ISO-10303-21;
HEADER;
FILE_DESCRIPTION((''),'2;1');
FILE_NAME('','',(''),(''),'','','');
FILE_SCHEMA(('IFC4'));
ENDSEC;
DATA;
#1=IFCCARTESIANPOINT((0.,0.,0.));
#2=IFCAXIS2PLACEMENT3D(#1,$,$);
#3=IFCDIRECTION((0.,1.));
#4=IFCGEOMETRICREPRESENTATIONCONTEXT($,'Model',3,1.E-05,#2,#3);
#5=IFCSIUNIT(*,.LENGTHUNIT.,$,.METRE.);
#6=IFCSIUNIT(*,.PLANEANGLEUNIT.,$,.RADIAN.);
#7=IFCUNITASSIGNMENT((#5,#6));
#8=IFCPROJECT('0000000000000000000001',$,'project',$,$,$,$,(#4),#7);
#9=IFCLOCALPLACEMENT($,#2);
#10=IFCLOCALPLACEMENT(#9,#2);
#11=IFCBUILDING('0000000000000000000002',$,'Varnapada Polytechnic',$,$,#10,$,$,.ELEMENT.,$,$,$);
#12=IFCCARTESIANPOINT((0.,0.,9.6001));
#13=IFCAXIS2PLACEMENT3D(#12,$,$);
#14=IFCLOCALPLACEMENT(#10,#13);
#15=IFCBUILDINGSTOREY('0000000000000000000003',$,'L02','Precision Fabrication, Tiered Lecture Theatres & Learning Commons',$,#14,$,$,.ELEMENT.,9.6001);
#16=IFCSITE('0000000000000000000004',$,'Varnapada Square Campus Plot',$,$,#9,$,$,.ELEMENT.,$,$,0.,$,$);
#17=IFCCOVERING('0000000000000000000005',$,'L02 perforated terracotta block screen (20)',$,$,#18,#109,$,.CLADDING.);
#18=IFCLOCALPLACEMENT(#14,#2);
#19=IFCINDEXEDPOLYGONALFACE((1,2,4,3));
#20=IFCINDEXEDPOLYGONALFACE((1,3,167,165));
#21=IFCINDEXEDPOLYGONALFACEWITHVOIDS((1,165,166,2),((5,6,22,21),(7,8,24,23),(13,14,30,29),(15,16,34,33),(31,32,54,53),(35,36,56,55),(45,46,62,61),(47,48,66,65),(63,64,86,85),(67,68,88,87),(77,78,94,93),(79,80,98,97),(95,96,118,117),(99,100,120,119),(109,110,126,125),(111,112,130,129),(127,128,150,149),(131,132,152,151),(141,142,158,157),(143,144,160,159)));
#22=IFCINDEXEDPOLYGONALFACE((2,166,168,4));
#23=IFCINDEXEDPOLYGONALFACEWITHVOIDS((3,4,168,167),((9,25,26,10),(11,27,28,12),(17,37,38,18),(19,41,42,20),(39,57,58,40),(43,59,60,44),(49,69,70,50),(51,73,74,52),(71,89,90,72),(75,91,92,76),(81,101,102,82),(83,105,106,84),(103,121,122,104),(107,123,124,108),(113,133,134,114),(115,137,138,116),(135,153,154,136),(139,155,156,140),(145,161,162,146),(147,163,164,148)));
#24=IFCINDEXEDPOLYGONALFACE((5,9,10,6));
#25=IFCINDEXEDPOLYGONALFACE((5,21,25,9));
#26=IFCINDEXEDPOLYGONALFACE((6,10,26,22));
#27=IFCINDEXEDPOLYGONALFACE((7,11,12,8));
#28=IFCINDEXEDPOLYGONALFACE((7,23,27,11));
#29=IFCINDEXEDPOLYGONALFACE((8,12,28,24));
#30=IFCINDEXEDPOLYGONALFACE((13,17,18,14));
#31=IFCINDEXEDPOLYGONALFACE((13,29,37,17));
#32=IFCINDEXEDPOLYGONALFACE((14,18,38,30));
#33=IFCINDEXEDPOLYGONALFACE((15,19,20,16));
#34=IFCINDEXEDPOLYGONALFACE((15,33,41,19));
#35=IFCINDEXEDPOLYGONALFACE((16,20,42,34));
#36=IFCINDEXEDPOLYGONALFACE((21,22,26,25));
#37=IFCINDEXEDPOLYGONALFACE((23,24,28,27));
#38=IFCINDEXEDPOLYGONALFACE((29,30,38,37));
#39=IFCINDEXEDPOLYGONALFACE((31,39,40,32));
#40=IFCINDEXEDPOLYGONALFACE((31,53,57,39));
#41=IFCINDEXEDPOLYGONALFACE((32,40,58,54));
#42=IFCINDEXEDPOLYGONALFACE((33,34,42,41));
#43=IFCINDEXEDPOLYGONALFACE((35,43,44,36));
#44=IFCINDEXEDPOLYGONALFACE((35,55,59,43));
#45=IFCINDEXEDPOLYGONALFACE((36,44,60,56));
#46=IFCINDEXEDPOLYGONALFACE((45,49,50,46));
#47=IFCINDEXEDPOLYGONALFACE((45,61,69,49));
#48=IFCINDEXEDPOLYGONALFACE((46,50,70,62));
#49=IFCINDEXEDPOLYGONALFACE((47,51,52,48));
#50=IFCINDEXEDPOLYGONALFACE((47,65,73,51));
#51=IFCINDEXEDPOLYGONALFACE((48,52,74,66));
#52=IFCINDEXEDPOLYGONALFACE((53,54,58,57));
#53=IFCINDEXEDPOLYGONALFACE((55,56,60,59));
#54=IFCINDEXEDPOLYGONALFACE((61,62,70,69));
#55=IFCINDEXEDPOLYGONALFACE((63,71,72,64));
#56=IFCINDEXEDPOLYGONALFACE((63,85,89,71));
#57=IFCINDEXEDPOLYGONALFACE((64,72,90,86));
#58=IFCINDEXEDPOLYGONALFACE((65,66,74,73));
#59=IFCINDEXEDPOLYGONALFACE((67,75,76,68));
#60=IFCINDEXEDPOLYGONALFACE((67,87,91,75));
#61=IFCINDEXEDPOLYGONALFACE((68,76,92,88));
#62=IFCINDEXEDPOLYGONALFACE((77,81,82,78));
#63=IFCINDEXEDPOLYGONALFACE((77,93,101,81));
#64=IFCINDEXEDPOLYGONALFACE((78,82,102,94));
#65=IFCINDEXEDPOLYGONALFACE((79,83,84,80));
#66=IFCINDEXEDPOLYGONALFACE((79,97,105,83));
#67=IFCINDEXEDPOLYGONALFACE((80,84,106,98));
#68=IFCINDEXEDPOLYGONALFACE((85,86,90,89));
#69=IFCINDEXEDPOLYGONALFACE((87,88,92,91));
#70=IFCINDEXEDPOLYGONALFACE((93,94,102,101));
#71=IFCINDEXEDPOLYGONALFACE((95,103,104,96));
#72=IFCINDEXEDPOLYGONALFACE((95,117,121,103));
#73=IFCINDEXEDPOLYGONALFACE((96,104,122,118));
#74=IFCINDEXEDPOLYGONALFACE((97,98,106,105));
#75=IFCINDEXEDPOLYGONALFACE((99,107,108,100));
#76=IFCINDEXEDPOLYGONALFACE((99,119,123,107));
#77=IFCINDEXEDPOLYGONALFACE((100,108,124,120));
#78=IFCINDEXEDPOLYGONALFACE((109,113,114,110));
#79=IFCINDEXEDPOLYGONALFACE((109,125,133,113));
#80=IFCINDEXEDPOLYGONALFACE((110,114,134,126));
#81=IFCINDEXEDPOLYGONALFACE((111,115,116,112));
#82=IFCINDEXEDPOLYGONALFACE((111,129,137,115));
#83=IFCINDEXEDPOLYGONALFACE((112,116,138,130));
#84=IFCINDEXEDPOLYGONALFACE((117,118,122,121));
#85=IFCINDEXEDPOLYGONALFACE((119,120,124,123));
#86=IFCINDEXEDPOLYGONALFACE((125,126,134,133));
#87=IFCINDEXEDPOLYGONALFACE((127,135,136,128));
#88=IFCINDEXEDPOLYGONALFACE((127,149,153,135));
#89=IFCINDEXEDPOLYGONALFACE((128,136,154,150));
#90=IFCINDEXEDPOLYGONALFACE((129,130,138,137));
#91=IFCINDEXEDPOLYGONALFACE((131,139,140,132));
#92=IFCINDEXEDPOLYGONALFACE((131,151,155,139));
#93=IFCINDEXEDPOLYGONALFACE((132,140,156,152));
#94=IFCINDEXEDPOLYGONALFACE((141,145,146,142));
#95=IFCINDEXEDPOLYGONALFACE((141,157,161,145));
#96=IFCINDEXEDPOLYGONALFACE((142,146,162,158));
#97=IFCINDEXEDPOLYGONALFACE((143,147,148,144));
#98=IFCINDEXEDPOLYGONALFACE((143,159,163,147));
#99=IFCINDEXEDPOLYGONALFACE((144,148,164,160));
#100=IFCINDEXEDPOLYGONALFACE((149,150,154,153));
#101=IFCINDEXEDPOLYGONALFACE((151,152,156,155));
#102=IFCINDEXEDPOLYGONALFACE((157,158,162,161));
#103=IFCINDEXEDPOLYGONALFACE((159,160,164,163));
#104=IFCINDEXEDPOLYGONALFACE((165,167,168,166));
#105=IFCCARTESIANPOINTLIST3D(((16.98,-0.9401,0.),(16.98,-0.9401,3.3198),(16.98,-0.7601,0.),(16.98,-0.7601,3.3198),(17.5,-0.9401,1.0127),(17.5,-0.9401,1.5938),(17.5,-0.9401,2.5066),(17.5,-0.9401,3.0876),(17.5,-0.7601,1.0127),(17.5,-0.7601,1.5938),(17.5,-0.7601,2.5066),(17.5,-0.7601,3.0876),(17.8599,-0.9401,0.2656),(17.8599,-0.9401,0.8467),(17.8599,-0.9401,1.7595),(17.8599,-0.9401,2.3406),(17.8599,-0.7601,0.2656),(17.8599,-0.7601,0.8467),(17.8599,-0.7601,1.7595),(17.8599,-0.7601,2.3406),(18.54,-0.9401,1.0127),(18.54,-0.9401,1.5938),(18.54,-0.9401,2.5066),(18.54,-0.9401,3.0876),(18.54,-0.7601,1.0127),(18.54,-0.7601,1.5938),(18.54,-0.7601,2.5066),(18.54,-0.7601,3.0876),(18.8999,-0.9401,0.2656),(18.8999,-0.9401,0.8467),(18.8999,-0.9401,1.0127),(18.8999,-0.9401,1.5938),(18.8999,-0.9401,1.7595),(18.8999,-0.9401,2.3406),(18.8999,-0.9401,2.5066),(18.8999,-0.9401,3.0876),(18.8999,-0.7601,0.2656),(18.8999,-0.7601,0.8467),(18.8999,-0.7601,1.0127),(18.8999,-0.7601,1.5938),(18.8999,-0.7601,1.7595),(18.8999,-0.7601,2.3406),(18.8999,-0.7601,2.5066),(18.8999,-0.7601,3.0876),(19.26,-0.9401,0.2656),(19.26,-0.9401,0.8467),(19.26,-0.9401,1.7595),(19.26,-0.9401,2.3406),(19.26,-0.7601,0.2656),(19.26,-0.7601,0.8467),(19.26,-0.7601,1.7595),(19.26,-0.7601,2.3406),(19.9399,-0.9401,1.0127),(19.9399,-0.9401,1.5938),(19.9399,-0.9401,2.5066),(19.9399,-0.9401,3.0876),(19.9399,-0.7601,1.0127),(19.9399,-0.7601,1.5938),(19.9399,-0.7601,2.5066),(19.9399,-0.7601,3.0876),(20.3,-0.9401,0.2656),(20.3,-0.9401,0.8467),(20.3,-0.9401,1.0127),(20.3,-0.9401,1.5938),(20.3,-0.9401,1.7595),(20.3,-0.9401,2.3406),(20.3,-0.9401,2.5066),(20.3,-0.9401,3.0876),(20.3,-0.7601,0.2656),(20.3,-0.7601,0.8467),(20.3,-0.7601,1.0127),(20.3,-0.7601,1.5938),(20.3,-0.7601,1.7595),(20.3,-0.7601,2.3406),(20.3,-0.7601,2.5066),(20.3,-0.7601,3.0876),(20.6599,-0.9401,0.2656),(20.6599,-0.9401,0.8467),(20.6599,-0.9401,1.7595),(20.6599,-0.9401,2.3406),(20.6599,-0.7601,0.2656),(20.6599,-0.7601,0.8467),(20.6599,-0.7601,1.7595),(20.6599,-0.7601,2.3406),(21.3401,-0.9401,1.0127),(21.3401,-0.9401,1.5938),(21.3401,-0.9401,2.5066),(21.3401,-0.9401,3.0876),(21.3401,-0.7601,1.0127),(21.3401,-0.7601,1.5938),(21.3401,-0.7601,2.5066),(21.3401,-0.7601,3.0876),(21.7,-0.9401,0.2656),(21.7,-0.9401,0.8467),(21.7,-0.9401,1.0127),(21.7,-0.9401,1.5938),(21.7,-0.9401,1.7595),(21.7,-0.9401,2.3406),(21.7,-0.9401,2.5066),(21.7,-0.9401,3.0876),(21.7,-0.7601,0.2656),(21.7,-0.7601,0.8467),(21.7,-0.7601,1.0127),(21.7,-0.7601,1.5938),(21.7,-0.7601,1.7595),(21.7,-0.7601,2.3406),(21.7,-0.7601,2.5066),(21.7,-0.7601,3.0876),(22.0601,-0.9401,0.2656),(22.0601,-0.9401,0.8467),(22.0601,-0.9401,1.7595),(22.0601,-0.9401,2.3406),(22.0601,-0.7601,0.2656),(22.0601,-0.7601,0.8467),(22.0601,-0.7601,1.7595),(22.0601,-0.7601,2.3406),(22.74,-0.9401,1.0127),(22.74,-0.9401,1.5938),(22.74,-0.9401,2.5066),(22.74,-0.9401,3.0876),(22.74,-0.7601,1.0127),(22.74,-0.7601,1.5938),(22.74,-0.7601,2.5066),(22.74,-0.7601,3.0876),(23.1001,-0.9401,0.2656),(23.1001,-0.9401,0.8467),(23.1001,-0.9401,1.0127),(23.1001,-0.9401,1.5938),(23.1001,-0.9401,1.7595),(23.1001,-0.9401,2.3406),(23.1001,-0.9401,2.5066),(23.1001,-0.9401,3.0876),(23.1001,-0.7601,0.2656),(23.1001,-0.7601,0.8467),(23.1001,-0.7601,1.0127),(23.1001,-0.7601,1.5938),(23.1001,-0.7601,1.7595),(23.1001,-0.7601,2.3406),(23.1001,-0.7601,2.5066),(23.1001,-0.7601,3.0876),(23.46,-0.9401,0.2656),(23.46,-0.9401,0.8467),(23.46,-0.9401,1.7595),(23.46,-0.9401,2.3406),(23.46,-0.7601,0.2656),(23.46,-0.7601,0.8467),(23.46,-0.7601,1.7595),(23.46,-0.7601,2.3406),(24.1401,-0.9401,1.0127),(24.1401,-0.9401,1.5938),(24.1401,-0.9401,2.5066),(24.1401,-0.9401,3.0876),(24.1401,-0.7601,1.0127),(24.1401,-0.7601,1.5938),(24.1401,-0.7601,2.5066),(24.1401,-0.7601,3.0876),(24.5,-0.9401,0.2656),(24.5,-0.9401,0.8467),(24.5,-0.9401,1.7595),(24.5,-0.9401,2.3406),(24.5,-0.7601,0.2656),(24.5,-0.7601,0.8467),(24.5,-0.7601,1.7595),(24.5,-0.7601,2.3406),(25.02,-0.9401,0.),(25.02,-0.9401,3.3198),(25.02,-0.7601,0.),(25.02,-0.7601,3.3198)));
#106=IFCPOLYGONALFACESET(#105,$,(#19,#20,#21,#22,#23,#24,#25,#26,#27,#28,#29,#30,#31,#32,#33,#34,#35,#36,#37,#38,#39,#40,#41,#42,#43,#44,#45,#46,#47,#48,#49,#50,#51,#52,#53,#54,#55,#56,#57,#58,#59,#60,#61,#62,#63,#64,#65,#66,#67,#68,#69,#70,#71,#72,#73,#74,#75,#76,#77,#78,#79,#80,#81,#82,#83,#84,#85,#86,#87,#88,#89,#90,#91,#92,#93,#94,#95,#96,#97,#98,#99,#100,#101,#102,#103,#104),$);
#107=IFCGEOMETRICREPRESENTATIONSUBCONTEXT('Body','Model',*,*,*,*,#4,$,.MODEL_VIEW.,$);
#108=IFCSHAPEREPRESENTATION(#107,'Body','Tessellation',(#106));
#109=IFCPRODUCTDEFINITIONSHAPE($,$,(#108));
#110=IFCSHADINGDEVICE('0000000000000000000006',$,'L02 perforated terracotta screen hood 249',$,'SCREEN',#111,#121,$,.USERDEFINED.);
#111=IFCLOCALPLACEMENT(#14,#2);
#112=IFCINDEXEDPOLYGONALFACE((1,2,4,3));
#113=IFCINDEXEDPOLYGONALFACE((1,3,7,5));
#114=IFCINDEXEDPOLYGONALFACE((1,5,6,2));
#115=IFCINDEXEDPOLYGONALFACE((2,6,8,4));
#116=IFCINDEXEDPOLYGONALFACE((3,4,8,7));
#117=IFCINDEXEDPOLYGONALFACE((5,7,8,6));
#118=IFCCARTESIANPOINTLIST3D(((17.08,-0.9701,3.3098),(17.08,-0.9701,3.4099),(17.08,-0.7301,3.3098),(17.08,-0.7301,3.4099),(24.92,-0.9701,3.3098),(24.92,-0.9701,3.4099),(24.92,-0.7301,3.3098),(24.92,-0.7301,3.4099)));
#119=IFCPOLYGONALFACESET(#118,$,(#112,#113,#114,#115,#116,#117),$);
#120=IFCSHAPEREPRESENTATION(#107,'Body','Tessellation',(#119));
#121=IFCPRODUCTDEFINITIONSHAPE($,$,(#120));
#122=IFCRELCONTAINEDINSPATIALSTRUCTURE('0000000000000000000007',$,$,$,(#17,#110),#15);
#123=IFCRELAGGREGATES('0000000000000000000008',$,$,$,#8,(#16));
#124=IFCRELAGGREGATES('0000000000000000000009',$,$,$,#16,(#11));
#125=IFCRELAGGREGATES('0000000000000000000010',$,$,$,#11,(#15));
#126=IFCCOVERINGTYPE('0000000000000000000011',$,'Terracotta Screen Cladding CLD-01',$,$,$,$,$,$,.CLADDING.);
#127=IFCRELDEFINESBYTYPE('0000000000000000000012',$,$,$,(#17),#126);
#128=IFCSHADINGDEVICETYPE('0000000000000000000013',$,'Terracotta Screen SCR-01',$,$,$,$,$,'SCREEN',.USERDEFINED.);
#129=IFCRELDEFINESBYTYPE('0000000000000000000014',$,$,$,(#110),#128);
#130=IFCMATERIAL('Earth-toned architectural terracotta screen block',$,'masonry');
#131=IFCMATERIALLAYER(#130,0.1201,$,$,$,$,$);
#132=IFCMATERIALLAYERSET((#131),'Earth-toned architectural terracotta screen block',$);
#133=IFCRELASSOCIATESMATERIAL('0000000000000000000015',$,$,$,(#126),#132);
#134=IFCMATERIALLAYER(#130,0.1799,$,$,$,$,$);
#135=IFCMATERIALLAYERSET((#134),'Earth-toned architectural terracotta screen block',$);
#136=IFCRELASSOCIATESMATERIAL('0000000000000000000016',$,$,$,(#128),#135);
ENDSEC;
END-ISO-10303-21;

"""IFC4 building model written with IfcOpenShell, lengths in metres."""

from ifc_helpers import new_model, si_unit, direction, frame, frame_2d, origin, origin_2d, place, context, subcontext, project, spatial, rectangle, extrude, material, layer, layer_set, type_object, element, save


model = new_model("IFC4")

# Units and contexts
model_context = context("Model", 3, precision=1e-05, world=origin(), true_north=direction((0.0, 1.0)))
body_context = subcontext(model_context, "Body", "Model", "MODEL_VIEW")
ifc_project = project(units=[si_unit("LENGTHUNIT", "METRE"), si_unit("PLANEANGLEUNIT", "RADIAN")], contexts=[model_context])

# Site, building, storey
site_placement = place(None, origin())
site = spatial("IfcSite", under=ifc_project, at=site_placement, Name="Varnapada Square Campus Plot", CompositionType="ELEMENT", RefElevation=0.0)
building_placement = place(site_placement, origin())
building = spatial("IfcBuilding", under=site, at=building_placement, Name="Varnapada Polytechnic", CompositionType="ELEMENT")
storey_placement = place(building_placement, frame((0.0, 0.0, 9.6001)))
storey = spatial("IfcBuildingStorey", under=building, at=storey_placement, Name="L02", Description="Precision Fabrication, Tiered Lecture Theatres & Learning Commons", CompositionType="ELEMENT", Elevation=9.6001)

# Covering, openings
ifc_material_1 = material(Name="Earth-toned architectural terracotta screen block", Category="masonry")
ifc_layer_1 = layer(ifc_material_1, 0.1201)
ifc_layer_set_1 = layer_set([ifc_layer_1], Name="Earth-toned architectural terracotta screen block")
covering_type = type_object("IfcCoveringType", Name="Terracotta Screen Cladding CLD-01", PredefinedType="CLADDING", material=ifc_layer_set_1)
covering_placement = place(storey_placement, frame((25.02, -0.8501, 0.0), z_axis=(0.0, 0.0, 1.0), x_axis=(-1.0, 0.0, 0.0)))
covering = element("IfcCovering", 1, at=covering_placement, inside=storey, type_object=covering_type, Name="L02 perforated terracotta block screen (20)", PredefinedType="CLADDING", context=body_context, shape_type="SweptSolid", body=[
    extrude(rectangle(XDim=8.04, YDim=0.1799, at=frame_2d((4.02, 0.0))), origin(), (0.0, 0.0, 1.0), 3.3198),
])
opening_1_placement = place(covering_placement, frame((0.52, 0.0, 0.2656)))
element("IfcOpeningElement", 2, at=opening_1_placement, cuts=covering, PredefinedType="OPENING", context=body_context, shape_type="SweptSolid", body=[
    extrude(rectangle(XDim=1.04, YDim=0.5811, at=frame_2d((0.52, 0.2905))), frame((0.0, 0.0999, 0.0), z_axis=(0.0, -1.0, 0.0), x_axis=(1.0, 0.0, 0.0)), (0.0, 0.0, 1.0), 0.2),
])
opening_2_placement = place(covering_placement, frame((1.9199, 0.0, 0.2656)))
element("IfcOpeningElement", 3, at=opening_2_placement, cuts=covering, PredefinedType="OPENING", context=body_context, shape_type="SweptSolid", body=[
    extrude(rectangle(XDim=1.04, YDim=0.5811, at=frame_2d((0.52, 0.2905))), frame((0.0, 0.0999, 0.0), z_axis=(0.0, -1.0, 0.0), x_axis=(1.0, 0.0, 0.0)), (0.0, 0.0, 1.0), 0.2),
])
opening_3_placement = place(covering_placement, frame((3.3201, 0.0, 0.2656)))
element("IfcOpeningElement", 4, at=opening_3_placement, cuts=covering, PredefinedType="OPENING", context=body_context, shape_type="SweptSolid", body=[
    extrude(rectangle(XDim=1.04, YDim=0.5811, at=frame_2d((0.52, 0.2905))), frame((0.0, 0.0999, 0.0), z_axis=(0.0, -1.0, 0.0), x_axis=(1.0, 0.0, 0.0)), (0.0, 0.0, 1.0), 0.2),
])
opening_4_placement = place(covering_placement, frame((4.72, 0.0, 0.2656)))
element("IfcOpeningElement", 5, at=opening_4_placement, cuts=covering, PredefinedType="OPENING", context=body_context, shape_type="SweptSolid", body=[
    extrude(rectangle(XDim=1.04, YDim=0.5811, at=frame_2d((0.52, 0.2905))), frame((0.0, 0.0999, 0.0), z_axis=(0.0, -1.0, 0.0), x_axis=(1.0, 0.0, 0.0)), (0.0, 0.0, 1.0), 0.2),
])
opening_5_placement = place(covering_placement, frame((6.1201, 0.0, 0.2656)))
element("IfcOpeningElement", 6, at=opening_5_placement, cuts=covering, PredefinedType="OPENING", context=body_context, shape_type="SweptSolid", body=[
    extrude(rectangle(XDim=1.04, YDim=0.5811, at=frame_2d((0.52, 0.2905))), frame((0.0, 0.0999, 0.0), z_axis=(0.0, -1.0, 0.0), x_axis=(1.0, 0.0, 0.0)), (0.0, 0.0, 1.0), 0.2),
])
opening_6_placement = place(covering_placement, frame((0.8799, 0.0, 1.0127)))
element("IfcOpeningElement", 7, at=opening_6_placement, cuts=covering, PredefinedType="OPENING", context=body_context, shape_type="SweptSolid", body=[
    extrude(rectangle(XDim=1.04, YDim=0.5811, at=frame_2d((0.52, 0.2905))), frame((0.0, 0.0999, 0.0), z_axis=(0.0, -1.0, 0.0), x_axis=(1.0, 0.0, 0.0)), (0.0, 0.0, 1.0), 0.2),
])
opening_7_placement = place(covering_placement, frame((2.28, 0.0, 1.0127)))
element("IfcOpeningElement", 8, at=opening_7_placement, cuts=covering, PredefinedType="OPENING", context=body_context, shape_type="SweptSolid", body=[
    extrude(rectangle(XDim=1.04, YDim=0.5811, at=frame_2d((0.52, 0.2905))), frame((0.0, 0.0999, 0.0), z_axis=(0.0, -1.0, 0.0), x_axis=(1.0, 0.0, 0.0)), (0.0, 0.0, 1.0), 0.2),
])
opening_8_placement = place(covering_placement, frame((3.6799, 0.0, 1.0127)))
element("IfcOpeningElement", 9, at=opening_8_placement, cuts=covering, PredefinedType="OPENING", context=body_context, shape_type="SweptSolid", body=[
    extrude(rectangle(XDim=1.04, YDim=0.5811, at=frame_2d((0.52, 0.2905))), frame((0.0, 0.0999, 0.0), z_axis=(0.0, -1.0, 0.0), x_axis=(1.0, 0.0, 0.0)), (0.0, 0.0, 1.0), 0.2),
])
opening_9_placement = place(covering_placement, frame((5.0801, 0.0, 1.0127)))
element("IfcOpeningElement", 10, at=opening_9_placement, cuts=covering, PredefinedType="OPENING", context=body_context, shape_type="SweptSolid", body=[
    extrude(rectangle(XDim=1.04, YDim=0.5811, at=frame_2d((0.52, 0.2905))), frame((0.0, 0.0999, 0.0), z_axis=(0.0, -1.0, 0.0), x_axis=(1.0, 0.0, 0.0)), (0.0, 0.0, 1.0), 0.2),
])
opening_10_placement = place(covering_placement, frame((6.48, 0.0, 1.0127)))
element("IfcOpeningElement", 11, at=opening_10_placement, cuts=covering, PredefinedType="OPENING", context=body_context, shape_type="SweptSolid", body=[
    extrude(rectangle(XDim=1.04, YDim=0.5811, at=frame_2d((0.52, 0.2905))), frame((0.0, 0.0999, 0.0), z_axis=(0.0, -1.0, 0.0), x_axis=(1.0, 0.0, 0.0)), (0.0, 0.0, 1.0), 0.2),
])
opening_11_placement = place(covering_placement, frame((0.52, 0.0, 1.7595)))
element("IfcOpeningElement", 12, at=opening_11_placement, cuts=covering, PredefinedType="OPENING", context=body_context, shape_type="SweptSolid", body=[
    extrude(rectangle(XDim=1.04, YDim=0.5811, at=frame_2d((0.52, 0.2905))), frame((0.0, 0.0999, 0.0), z_axis=(0.0, -1.0, 0.0), x_axis=(1.0, 0.0, 0.0)), (0.0, 0.0, 1.0), 0.2),
])
opening_12_placement = place(covering_placement, frame((1.9199, 0.0, 1.7595)))
element("IfcOpeningElement", 13, at=opening_12_placement, cuts=covering, PredefinedType="OPENING", context=body_context, shape_type="SweptSolid", body=[
    extrude(rectangle(XDim=1.04, YDim=0.5811, at=frame_2d((0.52, 0.2905))), frame((0.0, 0.0999, 0.0), z_axis=(0.0, -1.0, 0.0), x_axis=(1.0, 0.0, 0.0)), (0.0, 0.0, 1.0), 0.2),
])
opening_13_placement = place(covering_placement, frame((3.3201, 0.0, 1.7595)))
element("IfcOpeningElement", 14, at=opening_13_placement, cuts=covering, PredefinedType="OPENING", context=body_context, shape_type="SweptSolid", body=[
    extrude(rectangle(XDim=1.04, YDim=0.5811, at=frame_2d((0.52, 0.2905))), frame((0.0, 0.0999, 0.0), z_axis=(0.0, -1.0, 0.0), x_axis=(1.0, 0.0, 0.0)), (0.0, 0.0, 1.0), 0.2),
])
opening_14_placement = place(covering_placement, frame((4.72, 0.0, 1.7595)))
element("IfcOpeningElement", 15, at=opening_14_placement, cuts=covering, PredefinedType="OPENING", context=body_context, shape_type="SweptSolid", body=[
    extrude(rectangle(XDim=1.04, YDim=0.5811, at=frame_2d((0.52, 0.2905))), frame((0.0, 0.0999, 0.0), z_axis=(0.0, -1.0, 0.0), x_axis=(1.0, 0.0, 0.0)), (0.0, 0.0, 1.0), 0.2),
])
opening_15_placement = place(covering_placement, frame((6.1201, 0.0, 1.7595)))
element("IfcOpeningElement", 16, at=opening_15_placement, cuts=covering, PredefinedType="OPENING", context=body_context, shape_type="SweptSolid", body=[
    extrude(rectangle(XDim=1.04, YDim=0.5811, at=frame_2d((0.52, 0.2905))), frame((0.0, 0.0999, 0.0), z_axis=(0.0, -1.0, 0.0), x_axis=(1.0, 0.0, 0.0)), (0.0, 0.0, 1.0), 0.2),
])
opening_16_placement = place(covering_placement, frame((0.8799, 0.0, 2.5066)))
element("IfcOpeningElement", 17, at=opening_16_placement, cuts=covering, PredefinedType="OPENING", context=body_context, shape_type="SweptSolid", body=[
    extrude(rectangle(XDim=1.04, YDim=0.5811, at=frame_2d((0.52, 0.2905))), frame((0.0, 0.0999, 0.0), z_axis=(0.0, -1.0, 0.0), x_axis=(1.0, 0.0, 0.0)), (0.0, 0.0, 1.0), 0.2),
])
opening_17_placement = place(covering_placement, frame((2.28, 0.0, 2.5066)))
element("IfcOpeningElement", 18, at=opening_17_placement, cuts=covering, PredefinedType="OPENING", context=body_context, shape_type="SweptSolid", body=[
    extrude(rectangle(XDim=1.04, YDim=0.5811, at=frame_2d((0.52, 0.2905))), frame((0.0, 0.0999, 0.0), z_axis=(0.0, -1.0, 0.0), x_axis=(1.0, 0.0, 0.0)), (0.0, 0.0, 1.0), 0.2),
])
opening_18_placement = place(covering_placement, frame((3.6799, 0.0, 2.5066)))
element("IfcOpeningElement", 19, at=opening_18_placement, cuts=covering, PredefinedType="OPENING", context=body_context, shape_type="SweptSolid", body=[
    extrude(rectangle(XDim=1.04, YDim=0.5811, at=frame_2d((0.52, 0.2905))), frame((0.0, 0.0999, 0.0), z_axis=(0.0, -1.0, 0.0), x_axis=(1.0, 0.0, 0.0)), (0.0, 0.0, 1.0), 0.2),
])
opening_19_placement = place(covering_placement, frame((5.0801, 0.0, 2.5066)))
element("IfcOpeningElement", 20, at=opening_19_placement, cuts=covering, PredefinedType="OPENING", context=body_context, shape_type="SweptSolid", body=[
    extrude(rectangle(XDim=1.04, YDim=0.5811, at=frame_2d((0.52, 0.2905))), frame((0.0, 0.0999, 0.0), z_axis=(0.0, -1.0, 0.0), x_axis=(1.0, 0.0, 0.0)), (0.0, 0.0, 1.0), 0.2),
])
opening_20_placement = place(covering_placement, frame((6.48, 0.0, 2.5066)))
element("IfcOpeningElement", 21, at=opening_20_placement, cuts=covering, PredefinedType="OPENING", context=body_context, shape_type="SweptSolid", body=[
    extrude(rectangle(XDim=1.04, YDim=0.5811, at=frame_2d((0.52, 0.2905))), frame((0.0, 0.0999, 0.0), z_axis=(0.0, -1.0, 0.0), x_axis=(1.0, 0.0, 0.0)), (0.0, 0.0, 1.0), 0.2),
])

# Shading device
ifc_layer_2 = layer(ifc_material_1, 0.1799)
ifc_layer_set_2 = layer_set([ifc_layer_2], Name="Earth-toned architectural terracotta screen block")
shading_device_type = type_object("IfcShadingDeviceType", Name="Terracotta Screen SCR-01", ElementType="SCREEN", PredefinedType="USERDEFINED", material=ifc_layer_set_2)
shading_device_placement = place(storey_placement, frame((21.0, -0.8501, 3.3098), z_axis=(0.0, 0.0, 1.0), x_axis=(-1.0, 0.0, 0.0)))
element("IfcShadingDevice", 22, at=shading_device_placement, inside=storey, type_object=shading_device_type, Name="L02 perforated terracotta screen hood 249", ObjectType="SCREEN", PredefinedType="USERDEFINED", context=body_context, shape_type="SweptSolid", body=[
    extrude(rectangle(XDim=7.8401, YDim=0.24, at=origin_2d()), origin(), (0.0, 0.0, 1.0), 0.1001),
])

save(model, "model.ifc")
